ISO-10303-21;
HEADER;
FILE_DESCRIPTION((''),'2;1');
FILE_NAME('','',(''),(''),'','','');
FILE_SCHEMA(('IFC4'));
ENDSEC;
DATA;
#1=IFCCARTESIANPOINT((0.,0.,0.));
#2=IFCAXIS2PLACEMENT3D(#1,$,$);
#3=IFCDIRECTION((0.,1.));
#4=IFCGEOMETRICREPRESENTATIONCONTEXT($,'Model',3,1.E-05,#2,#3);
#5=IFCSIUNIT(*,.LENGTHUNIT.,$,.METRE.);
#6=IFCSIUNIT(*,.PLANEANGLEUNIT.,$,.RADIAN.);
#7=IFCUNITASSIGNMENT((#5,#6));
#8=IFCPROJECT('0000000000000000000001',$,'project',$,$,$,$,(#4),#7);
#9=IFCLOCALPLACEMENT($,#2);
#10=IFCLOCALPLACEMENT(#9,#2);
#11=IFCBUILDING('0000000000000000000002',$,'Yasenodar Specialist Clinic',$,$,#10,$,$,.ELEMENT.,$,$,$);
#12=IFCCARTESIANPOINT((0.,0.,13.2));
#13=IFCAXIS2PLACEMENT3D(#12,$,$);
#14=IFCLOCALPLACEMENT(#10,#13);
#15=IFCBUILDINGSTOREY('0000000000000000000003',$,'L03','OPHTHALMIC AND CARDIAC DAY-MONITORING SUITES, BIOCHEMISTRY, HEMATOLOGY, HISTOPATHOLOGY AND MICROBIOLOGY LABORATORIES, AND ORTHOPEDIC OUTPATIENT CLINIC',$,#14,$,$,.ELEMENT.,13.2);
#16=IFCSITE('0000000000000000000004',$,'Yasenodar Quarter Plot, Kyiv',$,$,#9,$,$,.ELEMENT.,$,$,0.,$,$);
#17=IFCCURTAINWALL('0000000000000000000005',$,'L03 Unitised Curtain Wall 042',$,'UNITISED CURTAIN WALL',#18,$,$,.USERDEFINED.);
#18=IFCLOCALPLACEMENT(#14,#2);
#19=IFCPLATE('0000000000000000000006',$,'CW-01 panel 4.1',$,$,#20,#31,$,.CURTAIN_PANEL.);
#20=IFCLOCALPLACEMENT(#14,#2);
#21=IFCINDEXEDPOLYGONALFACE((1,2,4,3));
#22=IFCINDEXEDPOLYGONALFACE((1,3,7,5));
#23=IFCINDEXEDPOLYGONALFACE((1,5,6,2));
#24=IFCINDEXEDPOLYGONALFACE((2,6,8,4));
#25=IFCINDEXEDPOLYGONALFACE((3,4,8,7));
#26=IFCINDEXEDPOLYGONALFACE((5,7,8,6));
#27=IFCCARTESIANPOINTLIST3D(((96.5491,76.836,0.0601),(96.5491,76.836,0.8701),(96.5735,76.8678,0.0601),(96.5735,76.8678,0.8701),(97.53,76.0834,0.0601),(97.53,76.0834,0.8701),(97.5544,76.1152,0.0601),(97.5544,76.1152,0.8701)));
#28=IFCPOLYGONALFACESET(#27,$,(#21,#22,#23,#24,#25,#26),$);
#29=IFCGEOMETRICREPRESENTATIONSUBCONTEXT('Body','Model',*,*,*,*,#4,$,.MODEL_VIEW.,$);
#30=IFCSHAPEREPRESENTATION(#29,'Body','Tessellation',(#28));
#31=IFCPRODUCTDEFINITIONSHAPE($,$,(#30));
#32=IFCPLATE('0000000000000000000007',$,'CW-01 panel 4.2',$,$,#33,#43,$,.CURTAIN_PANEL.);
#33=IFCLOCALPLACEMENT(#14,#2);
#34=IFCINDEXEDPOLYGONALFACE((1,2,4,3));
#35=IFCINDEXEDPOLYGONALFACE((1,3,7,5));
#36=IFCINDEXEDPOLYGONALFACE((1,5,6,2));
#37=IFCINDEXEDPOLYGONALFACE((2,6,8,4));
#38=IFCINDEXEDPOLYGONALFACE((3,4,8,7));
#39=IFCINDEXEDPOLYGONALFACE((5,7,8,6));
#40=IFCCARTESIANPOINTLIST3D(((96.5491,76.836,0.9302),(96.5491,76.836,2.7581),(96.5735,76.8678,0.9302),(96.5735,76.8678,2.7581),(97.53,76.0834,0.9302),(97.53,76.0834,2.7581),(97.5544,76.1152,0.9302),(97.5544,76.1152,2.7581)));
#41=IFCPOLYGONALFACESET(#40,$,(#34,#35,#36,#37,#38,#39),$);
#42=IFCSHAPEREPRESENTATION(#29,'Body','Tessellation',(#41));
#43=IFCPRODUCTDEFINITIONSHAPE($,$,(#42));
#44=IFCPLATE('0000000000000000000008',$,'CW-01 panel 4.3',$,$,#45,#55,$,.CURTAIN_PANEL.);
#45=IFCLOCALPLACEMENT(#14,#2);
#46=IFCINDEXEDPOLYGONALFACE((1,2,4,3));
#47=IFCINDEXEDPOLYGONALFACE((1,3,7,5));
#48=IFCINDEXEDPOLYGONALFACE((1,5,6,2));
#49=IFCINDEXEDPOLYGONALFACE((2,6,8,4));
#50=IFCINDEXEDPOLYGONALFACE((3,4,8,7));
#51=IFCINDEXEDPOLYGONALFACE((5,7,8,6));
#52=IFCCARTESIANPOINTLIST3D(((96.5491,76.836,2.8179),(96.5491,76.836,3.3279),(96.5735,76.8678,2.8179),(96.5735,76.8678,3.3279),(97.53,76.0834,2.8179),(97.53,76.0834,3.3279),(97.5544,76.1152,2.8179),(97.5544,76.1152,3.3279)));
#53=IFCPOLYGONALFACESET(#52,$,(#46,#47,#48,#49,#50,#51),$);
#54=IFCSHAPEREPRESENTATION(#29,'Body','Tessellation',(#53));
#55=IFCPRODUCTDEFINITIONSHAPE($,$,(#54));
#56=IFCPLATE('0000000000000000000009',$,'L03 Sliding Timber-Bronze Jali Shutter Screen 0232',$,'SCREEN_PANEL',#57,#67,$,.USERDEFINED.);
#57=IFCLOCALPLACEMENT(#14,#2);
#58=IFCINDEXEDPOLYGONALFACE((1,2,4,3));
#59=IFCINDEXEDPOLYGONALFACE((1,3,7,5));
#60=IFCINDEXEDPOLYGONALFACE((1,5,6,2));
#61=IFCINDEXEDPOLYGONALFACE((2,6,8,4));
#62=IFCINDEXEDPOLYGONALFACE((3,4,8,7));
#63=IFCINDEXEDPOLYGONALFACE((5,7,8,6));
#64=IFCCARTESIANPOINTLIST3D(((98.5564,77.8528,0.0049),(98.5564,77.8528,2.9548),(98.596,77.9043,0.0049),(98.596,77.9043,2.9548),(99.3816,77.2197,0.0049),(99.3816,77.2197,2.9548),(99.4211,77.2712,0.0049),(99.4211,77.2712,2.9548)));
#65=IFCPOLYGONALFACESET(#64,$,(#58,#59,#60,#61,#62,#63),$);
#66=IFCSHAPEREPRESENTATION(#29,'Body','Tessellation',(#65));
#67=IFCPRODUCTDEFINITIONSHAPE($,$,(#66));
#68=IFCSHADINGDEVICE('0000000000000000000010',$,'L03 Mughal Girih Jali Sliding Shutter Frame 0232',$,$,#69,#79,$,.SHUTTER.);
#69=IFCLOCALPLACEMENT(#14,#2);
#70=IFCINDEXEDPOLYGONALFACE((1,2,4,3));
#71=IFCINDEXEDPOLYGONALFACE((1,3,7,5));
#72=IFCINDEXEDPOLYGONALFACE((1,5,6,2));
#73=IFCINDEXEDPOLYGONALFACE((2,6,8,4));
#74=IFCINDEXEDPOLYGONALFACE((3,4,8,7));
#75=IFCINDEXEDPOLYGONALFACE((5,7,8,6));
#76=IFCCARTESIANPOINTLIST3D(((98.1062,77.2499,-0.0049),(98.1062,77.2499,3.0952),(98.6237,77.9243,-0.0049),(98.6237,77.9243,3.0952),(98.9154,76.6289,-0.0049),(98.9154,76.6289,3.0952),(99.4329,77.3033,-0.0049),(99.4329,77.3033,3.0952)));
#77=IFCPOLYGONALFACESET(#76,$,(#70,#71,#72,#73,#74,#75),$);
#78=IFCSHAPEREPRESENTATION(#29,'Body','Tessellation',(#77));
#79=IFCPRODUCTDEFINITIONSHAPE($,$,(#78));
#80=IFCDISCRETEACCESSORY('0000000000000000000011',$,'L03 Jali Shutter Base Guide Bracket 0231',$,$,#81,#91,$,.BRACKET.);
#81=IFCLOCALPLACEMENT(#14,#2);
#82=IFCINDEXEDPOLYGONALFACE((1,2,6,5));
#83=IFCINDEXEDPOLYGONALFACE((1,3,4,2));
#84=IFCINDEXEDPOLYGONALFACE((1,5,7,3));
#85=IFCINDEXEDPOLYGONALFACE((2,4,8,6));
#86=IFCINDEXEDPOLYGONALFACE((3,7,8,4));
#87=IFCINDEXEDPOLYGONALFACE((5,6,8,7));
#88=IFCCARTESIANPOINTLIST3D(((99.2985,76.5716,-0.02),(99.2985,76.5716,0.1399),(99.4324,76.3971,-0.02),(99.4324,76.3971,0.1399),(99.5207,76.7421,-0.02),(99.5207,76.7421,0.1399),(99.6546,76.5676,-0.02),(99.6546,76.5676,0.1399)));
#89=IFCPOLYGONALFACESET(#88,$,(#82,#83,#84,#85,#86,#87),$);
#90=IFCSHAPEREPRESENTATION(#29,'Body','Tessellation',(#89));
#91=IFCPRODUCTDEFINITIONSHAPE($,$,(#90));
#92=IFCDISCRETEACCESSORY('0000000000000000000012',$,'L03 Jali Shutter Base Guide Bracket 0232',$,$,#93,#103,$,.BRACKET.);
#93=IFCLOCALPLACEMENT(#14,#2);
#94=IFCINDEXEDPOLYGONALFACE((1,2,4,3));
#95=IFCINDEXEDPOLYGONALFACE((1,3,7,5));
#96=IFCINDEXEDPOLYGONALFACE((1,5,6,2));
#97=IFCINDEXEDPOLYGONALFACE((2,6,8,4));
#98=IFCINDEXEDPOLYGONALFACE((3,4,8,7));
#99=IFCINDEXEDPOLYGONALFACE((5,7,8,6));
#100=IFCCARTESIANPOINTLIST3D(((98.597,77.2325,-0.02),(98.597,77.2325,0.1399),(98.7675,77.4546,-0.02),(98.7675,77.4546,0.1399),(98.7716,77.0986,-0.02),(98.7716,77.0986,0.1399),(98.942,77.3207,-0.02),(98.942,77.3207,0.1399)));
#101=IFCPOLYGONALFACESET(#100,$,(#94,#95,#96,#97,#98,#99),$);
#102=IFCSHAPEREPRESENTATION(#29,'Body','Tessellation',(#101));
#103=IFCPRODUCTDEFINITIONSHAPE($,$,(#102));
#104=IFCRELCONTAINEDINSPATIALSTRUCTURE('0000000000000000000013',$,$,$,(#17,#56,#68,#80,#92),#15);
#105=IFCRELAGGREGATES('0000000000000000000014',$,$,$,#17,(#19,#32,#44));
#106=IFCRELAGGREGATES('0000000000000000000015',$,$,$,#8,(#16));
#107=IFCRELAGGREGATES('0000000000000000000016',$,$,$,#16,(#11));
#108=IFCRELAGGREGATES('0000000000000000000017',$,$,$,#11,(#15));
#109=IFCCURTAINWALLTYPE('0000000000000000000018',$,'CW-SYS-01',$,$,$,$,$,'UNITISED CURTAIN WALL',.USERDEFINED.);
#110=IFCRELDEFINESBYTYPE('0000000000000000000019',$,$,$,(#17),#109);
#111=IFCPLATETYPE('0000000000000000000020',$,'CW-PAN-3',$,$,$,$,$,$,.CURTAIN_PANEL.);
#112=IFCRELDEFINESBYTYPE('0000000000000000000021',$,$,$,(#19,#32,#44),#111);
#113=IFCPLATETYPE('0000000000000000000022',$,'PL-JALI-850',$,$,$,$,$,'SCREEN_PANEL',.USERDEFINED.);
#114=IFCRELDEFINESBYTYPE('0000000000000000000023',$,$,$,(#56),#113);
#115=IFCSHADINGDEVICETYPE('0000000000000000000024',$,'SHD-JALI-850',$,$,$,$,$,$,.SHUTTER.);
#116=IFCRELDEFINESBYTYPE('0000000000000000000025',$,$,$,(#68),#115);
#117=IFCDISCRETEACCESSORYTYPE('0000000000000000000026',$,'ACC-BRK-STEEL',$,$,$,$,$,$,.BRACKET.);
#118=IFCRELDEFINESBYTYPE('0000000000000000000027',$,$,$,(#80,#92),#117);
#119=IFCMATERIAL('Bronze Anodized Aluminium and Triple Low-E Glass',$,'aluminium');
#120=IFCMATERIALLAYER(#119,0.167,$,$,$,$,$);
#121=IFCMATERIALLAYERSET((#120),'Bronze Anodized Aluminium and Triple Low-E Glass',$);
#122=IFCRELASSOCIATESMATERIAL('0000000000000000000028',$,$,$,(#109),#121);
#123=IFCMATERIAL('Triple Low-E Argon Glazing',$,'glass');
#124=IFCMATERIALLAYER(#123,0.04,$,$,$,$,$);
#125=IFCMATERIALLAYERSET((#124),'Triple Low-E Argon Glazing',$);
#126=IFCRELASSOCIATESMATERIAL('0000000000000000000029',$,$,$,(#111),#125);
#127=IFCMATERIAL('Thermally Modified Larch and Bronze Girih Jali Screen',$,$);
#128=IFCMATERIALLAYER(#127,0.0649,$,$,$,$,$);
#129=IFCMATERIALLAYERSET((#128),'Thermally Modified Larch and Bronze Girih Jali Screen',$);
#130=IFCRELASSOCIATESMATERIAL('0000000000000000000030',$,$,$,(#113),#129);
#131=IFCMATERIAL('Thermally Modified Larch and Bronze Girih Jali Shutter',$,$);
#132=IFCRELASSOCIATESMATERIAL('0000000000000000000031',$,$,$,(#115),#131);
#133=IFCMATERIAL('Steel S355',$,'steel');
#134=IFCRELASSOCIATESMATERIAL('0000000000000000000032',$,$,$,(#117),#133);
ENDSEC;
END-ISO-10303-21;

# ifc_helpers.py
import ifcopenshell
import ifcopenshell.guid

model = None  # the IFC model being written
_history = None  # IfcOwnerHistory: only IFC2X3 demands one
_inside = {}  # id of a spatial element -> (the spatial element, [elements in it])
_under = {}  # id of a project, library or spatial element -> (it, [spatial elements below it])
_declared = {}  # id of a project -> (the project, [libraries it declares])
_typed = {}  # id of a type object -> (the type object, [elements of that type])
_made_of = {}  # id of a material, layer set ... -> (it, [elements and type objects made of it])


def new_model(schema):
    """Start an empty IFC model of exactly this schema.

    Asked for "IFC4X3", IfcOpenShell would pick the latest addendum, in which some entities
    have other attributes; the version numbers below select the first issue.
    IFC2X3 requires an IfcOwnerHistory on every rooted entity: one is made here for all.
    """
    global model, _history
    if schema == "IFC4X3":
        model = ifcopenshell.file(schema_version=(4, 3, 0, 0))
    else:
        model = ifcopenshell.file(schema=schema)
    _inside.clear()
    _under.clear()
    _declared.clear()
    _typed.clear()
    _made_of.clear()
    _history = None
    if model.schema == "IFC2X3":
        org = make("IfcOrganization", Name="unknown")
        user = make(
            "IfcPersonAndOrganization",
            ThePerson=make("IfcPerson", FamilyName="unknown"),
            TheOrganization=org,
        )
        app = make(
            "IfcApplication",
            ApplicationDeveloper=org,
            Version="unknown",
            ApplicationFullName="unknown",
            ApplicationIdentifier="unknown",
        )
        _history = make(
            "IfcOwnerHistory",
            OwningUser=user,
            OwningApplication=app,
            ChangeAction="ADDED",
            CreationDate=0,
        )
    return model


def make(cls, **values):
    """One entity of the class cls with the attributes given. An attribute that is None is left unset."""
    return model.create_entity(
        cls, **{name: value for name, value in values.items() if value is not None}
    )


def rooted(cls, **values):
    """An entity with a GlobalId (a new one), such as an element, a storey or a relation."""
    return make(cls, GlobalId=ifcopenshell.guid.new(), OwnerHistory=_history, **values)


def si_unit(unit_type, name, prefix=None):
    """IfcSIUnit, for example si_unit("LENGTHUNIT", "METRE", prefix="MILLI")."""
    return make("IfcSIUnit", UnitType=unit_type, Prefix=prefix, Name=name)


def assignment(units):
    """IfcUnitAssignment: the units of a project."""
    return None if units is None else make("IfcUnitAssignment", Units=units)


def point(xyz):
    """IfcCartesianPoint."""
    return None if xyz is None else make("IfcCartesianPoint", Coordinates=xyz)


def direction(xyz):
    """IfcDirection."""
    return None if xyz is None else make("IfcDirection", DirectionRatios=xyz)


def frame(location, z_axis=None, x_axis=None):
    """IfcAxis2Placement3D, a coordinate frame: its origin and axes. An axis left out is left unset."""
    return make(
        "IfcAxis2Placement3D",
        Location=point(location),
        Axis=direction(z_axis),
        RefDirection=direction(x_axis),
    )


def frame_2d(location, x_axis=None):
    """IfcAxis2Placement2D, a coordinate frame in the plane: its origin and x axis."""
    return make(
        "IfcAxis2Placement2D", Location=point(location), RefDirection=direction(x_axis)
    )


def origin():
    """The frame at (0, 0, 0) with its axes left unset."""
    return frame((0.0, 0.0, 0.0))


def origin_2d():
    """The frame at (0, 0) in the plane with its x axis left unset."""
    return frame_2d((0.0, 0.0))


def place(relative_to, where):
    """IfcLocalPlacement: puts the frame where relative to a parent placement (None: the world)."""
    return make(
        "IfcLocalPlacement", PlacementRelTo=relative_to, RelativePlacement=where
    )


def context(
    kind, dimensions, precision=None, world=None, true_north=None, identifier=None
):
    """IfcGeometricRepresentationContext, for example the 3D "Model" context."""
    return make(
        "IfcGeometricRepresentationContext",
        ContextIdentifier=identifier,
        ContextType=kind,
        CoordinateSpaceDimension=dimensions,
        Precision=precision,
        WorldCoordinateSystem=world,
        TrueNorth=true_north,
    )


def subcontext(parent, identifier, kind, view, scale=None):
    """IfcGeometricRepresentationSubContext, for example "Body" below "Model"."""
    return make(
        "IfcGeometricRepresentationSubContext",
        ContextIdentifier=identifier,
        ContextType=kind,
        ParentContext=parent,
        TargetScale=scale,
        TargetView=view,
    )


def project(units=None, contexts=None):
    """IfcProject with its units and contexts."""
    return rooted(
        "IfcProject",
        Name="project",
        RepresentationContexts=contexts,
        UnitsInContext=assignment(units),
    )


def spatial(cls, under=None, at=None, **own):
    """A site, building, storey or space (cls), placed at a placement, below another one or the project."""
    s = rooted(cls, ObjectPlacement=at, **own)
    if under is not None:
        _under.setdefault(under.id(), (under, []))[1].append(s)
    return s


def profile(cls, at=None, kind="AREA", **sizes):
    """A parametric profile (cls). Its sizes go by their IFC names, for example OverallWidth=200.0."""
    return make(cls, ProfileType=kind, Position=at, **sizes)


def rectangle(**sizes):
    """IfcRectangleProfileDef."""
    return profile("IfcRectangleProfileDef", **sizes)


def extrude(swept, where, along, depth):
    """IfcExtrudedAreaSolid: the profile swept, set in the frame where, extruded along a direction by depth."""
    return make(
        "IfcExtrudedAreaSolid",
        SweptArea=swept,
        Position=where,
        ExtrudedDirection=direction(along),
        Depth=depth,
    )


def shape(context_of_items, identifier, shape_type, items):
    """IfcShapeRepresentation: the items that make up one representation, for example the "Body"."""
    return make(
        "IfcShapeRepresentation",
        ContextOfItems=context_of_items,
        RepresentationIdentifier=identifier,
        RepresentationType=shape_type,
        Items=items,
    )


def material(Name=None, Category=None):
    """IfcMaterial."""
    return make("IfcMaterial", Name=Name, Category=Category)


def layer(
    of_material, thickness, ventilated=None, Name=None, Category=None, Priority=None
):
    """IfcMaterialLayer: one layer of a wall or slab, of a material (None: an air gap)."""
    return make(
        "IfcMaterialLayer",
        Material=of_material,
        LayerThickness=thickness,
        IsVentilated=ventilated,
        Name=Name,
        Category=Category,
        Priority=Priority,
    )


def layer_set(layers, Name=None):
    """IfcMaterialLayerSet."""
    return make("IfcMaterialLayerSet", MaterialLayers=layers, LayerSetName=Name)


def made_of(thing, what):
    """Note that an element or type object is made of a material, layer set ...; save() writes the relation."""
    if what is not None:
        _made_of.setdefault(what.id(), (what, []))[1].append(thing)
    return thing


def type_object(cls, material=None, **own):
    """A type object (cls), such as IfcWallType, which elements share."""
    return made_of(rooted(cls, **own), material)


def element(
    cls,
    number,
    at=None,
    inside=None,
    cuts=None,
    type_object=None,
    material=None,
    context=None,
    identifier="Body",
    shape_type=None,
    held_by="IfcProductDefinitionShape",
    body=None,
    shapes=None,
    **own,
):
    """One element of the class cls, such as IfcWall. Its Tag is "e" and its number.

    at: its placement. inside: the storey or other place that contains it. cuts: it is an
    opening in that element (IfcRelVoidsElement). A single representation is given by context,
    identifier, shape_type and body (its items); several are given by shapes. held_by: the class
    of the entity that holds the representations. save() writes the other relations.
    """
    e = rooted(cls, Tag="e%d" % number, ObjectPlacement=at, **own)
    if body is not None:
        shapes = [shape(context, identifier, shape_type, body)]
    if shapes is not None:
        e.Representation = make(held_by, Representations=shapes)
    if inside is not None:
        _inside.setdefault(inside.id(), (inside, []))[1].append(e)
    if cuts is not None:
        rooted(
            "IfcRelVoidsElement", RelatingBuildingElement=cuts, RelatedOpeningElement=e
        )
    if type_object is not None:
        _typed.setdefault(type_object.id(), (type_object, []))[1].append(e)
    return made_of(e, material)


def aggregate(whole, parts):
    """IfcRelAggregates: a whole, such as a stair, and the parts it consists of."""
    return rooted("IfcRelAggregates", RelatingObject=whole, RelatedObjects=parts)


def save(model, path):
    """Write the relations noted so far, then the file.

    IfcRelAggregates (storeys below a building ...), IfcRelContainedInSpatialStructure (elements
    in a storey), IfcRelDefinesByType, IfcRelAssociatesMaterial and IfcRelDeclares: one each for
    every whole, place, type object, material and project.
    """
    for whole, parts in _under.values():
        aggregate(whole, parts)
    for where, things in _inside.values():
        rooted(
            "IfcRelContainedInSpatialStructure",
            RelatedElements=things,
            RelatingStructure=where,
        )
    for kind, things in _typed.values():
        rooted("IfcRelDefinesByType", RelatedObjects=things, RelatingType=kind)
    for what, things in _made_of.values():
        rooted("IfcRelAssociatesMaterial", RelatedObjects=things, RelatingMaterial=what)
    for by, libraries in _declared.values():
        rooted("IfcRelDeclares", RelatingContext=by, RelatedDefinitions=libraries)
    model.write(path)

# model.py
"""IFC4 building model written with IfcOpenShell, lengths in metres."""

from ifc_helpers import new_model, si_unit, direction, frame, origin, origin_2d, place, context, subcontext, project, spatial, rectangle, extrude, material, layer, layer_set, type_object, element, aggregate, save


model = new_model("IFC4")

# Units and contexts
model_context = context("Model", 3, precision=1e-05, world=origin(), true_north=direction((0.0, 1.0)))
body_context = subcontext(model_context, "Body", "Model", "MODEL_VIEW")
ifc_project = project(units=[si_unit("LENGTHUNIT", "METRE"), si_unit("PLANEANGLEUNIT", "RADIAN")], contexts=[model_context])

# Site, building, storey
site_placement = place(None, origin())
site = spatial("IfcSite", under=ifc_project, at=site_placement, Name="Yasenodar Quarter Plot, Kyiv", CompositionType="ELEMENT", RefElevation=0.0)
building_placement = place(site_placement, origin())
building = spatial("IfcBuilding", under=site, at=building_placement, Name="Yasenodar Specialist Clinic", CompositionType="ELEMENT")
storey_placement = place(building_placement, frame((0.0, 0.0, 13.2)))
storey = spatial("IfcBuildingStorey", under=building, at=storey_placement, Name="L03", Description="OPHTHALMIC AND CARDIAC DAY-MONITORING SUITES, BIOCHEMISTRY, HEMATOLOGY, HISTOPATHOLOGY AND MICROBIOLOGY LABORATORIES, AND ORTHOPEDIC OUTPATIENT CLINIC", CompositionType="ELEMENT", Elevation=13.2)

# Shared definitions
ifc_material_1 = material(Name="Steel S355", Category="steel")

# Shared definitions
ifc_material_2 = material(Name="Bronze Anodized Aluminium and Triple Low-E Glass", Category="aluminium")
ifc_layer_1 = layer(ifc_material_2, 0.167)
ifc_layer_set_1 = layer_set([ifc_layer_1], Name="Bronze Anodized Aluminium and Triple Low-E Glass")
curtain_wall_type = type_object("IfcCurtainWallType", Name="CW-SYS-01", ElementType="UNITISED CURTAIN WALL", PredefinedType="USERDEFINED", material=ifc_layer_set_1)

# Curtain wall
curtain_wall_1_placement = place(storey_placement, origin())
curtain_wall_1 = element("IfcCurtainWall", 1, at=curtain_wall_1_placement, inside=storey, type_object=curtain_wall_type, Name="L03 Unitised Curtain Wall 042", ObjectType="UNITISED CURTAIN WALL", PredefinedType="USERDEFINED")

# Plates
ifc_material_3 = material(Name="Triple Low-E Argon Glazing", Category="glass")
ifc_layer_2 = layer(ifc_material_3, 0.04)
ifc_layer_set_2 = layer_set([ifc_layer_2], Name="Triple Low-E Argon Glazing")
plate_type_1 = type_object("IfcPlateType", Name="CW-PAN-3", PredefinedType="CURTAIN_PANEL", material=ifc_layer_set_2)
plate_1_placement = place(storey_placement, frame((97.0518, 76.4756, 0.0601), z_axis=(0.0, 0.0, 1.0), x_axis=(0.793361, -0.608752, 0.0)))
plate_1 = element("IfcPlate", 2, at=plate_1_placement, type_object=plate_type_1, Name="CW-01 panel 4.1", PredefinedType="CURTAIN_PANEL", context=body_context, shape_type="SweptSolid", body=[
    extrude(rectangle(XDim=1.2363, YDim=0.04, at=origin_2d()), origin(), (0.0, 0.0, 1.0), 0.8101),
])
plate_2_placement = place(storey_placement, frame((97.0518, 76.4756, 0.9302), z_axis=(0.0, 0.0, 1.0), x_axis=(0.793361, -0.608752, 0.0)))
plate_2 = element("IfcPlate", 3, at=plate_2_placement, type_object=plate_type_1, Name="CW-01 panel 4.2", PredefinedType="CURTAIN_PANEL", context=body_context, shape_type="SweptSolid", body=[
    extrude(rectangle(XDim=1.2363, YDim=0.04, at=origin_2d()), origin(), (0.0, 0.0, 1.0), 1.8279),
])
plate_3_placement = place(storey_placement, frame((97.0518, 76.4756, 2.8179), z_axis=(0.0, 0.0, 1.0), x_axis=(0.793361, -0.608752, 0.0)))
plate_3 = element("IfcPlate", 4, at=plate_3_placement, type_object=plate_type_1, Name="CW-01 panel 4.3", PredefinedType="CURTAIN_PANEL", context=body_context, shape_type="SweptSolid", body=[
    extrude(rectangle(XDim=1.2363, YDim=0.04, at=origin_2d()), origin(), (0.0, 0.0, 1.0), 0.51),
])
aggregate(curtain_wall_1, [plate_1, plate_2, plate_3])
ifc_material_4 = material(Name="Thermally Modified Larch and Bronze Girih Jali Screen")
ifc_layer_3 = layer(ifc_material_4, 0.0649)
ifc_layer_set_3 = layer_set([ifc_layer_3], Name="Thermally Modified Larch and Bronze Girih Jali Screen")
plate_type_2 = type_object("IfcPlateType", Name="PL-JALI-850", ElementType="SCREEN_PANEL", PredefinedType="USERDEFINED", material=ifc_layer_set_3)
plate_4_placement = place(storey_placement, frame((98.9888, 77.562, 0.0049), z_axis=(0.0, 0.0, 1.0), x_axis=(-0.793351, 0.608764, 0.0)))
element("IfcPlate", 5, at=plate_4_placement, inside=storey, type_object=plate_type_2, Name="L03 Sliding Timber-Bronze Jali Shutter Screen 0232", ObjectType="SCREEN_PANEL", PredefinedType="USERDEFINED", context=body_context, shape_type="SweptSolid", body=[
    extrude(rectangle(XDim=1.04, YDim=0.0649, at=origin_2d()), origin(), (0.0, 0.0, 1.0), 2.95),
])

# Shading device
ifc_material_5 = material(Name="Thermally Modified Larch and Bronze Girih Jali Shutter")
shading_device_type = type_object("IfcShadingDeviceType", Name="SHD-JALI-850", PredefinedType="SHUTTER", material=ifc_material_5)
shading_device_placement = place(storey_placement, frame((98.7695, 77.2766, -0.0049), z_axis=(0.0, 0.0, 1.0), x_axis=(-0.793351, 0.608764, 0.0)))
element("IfcShadingDevice", 6, at=shading_device_placement, inside=storey, type_object=shading_device_type, Name="L03 Mughal Girih Jali Sliding Shutter Frame 0232", PredefinedType="SHUTTER", context=body_context, shape_type="SweptSolid", body=[
    extrude(rectangle(XDim=1.02, YDim=0.8501, at=origin_2d()), origin(), (0.0, 0.0, 1.0), 3.1001),
])

# Discrete accessories
discrete_accessory_type = type_object("IfcDiscreteAccessoryType", Name="ACC-BRK-STEEL", PredefinedType="BRACKET", material=ifc_material_1)
for number, where, z_axis, x_axis, name in (
    (7, (99.4766, 76.5696, -0.02), (0.0, 0.0, 1.0), (-0.608764, 0.793351, 0.0), "L03 Jali Shutter Base Guide Bracket 0231"),
    (8, (98.7695, 77.2766, -0.02), (0.0, 0.0, 1.0), (-0.793351, 0.608764, 0.0), "L03 Jali Shutter Base Guide Bracket 0232"),
):
    element("IfcDiscreteAccessory", number, at=place(storey_placement, frame(where, z_axis=z_axis, x_axis=x_axis)), inside=storey, type_object=discrete_accessory_type, Name=name, PredefinedType="BRACKET", context=body_context, shape_type="SweptSolid", body=[
        extrude(rectangle(XDim=0.22, YDim=0.28, at=origin_2d()), origin(), (0.0, 0.0, 1.0), 0.1599),
    ])

save(model, "model.ifc")
